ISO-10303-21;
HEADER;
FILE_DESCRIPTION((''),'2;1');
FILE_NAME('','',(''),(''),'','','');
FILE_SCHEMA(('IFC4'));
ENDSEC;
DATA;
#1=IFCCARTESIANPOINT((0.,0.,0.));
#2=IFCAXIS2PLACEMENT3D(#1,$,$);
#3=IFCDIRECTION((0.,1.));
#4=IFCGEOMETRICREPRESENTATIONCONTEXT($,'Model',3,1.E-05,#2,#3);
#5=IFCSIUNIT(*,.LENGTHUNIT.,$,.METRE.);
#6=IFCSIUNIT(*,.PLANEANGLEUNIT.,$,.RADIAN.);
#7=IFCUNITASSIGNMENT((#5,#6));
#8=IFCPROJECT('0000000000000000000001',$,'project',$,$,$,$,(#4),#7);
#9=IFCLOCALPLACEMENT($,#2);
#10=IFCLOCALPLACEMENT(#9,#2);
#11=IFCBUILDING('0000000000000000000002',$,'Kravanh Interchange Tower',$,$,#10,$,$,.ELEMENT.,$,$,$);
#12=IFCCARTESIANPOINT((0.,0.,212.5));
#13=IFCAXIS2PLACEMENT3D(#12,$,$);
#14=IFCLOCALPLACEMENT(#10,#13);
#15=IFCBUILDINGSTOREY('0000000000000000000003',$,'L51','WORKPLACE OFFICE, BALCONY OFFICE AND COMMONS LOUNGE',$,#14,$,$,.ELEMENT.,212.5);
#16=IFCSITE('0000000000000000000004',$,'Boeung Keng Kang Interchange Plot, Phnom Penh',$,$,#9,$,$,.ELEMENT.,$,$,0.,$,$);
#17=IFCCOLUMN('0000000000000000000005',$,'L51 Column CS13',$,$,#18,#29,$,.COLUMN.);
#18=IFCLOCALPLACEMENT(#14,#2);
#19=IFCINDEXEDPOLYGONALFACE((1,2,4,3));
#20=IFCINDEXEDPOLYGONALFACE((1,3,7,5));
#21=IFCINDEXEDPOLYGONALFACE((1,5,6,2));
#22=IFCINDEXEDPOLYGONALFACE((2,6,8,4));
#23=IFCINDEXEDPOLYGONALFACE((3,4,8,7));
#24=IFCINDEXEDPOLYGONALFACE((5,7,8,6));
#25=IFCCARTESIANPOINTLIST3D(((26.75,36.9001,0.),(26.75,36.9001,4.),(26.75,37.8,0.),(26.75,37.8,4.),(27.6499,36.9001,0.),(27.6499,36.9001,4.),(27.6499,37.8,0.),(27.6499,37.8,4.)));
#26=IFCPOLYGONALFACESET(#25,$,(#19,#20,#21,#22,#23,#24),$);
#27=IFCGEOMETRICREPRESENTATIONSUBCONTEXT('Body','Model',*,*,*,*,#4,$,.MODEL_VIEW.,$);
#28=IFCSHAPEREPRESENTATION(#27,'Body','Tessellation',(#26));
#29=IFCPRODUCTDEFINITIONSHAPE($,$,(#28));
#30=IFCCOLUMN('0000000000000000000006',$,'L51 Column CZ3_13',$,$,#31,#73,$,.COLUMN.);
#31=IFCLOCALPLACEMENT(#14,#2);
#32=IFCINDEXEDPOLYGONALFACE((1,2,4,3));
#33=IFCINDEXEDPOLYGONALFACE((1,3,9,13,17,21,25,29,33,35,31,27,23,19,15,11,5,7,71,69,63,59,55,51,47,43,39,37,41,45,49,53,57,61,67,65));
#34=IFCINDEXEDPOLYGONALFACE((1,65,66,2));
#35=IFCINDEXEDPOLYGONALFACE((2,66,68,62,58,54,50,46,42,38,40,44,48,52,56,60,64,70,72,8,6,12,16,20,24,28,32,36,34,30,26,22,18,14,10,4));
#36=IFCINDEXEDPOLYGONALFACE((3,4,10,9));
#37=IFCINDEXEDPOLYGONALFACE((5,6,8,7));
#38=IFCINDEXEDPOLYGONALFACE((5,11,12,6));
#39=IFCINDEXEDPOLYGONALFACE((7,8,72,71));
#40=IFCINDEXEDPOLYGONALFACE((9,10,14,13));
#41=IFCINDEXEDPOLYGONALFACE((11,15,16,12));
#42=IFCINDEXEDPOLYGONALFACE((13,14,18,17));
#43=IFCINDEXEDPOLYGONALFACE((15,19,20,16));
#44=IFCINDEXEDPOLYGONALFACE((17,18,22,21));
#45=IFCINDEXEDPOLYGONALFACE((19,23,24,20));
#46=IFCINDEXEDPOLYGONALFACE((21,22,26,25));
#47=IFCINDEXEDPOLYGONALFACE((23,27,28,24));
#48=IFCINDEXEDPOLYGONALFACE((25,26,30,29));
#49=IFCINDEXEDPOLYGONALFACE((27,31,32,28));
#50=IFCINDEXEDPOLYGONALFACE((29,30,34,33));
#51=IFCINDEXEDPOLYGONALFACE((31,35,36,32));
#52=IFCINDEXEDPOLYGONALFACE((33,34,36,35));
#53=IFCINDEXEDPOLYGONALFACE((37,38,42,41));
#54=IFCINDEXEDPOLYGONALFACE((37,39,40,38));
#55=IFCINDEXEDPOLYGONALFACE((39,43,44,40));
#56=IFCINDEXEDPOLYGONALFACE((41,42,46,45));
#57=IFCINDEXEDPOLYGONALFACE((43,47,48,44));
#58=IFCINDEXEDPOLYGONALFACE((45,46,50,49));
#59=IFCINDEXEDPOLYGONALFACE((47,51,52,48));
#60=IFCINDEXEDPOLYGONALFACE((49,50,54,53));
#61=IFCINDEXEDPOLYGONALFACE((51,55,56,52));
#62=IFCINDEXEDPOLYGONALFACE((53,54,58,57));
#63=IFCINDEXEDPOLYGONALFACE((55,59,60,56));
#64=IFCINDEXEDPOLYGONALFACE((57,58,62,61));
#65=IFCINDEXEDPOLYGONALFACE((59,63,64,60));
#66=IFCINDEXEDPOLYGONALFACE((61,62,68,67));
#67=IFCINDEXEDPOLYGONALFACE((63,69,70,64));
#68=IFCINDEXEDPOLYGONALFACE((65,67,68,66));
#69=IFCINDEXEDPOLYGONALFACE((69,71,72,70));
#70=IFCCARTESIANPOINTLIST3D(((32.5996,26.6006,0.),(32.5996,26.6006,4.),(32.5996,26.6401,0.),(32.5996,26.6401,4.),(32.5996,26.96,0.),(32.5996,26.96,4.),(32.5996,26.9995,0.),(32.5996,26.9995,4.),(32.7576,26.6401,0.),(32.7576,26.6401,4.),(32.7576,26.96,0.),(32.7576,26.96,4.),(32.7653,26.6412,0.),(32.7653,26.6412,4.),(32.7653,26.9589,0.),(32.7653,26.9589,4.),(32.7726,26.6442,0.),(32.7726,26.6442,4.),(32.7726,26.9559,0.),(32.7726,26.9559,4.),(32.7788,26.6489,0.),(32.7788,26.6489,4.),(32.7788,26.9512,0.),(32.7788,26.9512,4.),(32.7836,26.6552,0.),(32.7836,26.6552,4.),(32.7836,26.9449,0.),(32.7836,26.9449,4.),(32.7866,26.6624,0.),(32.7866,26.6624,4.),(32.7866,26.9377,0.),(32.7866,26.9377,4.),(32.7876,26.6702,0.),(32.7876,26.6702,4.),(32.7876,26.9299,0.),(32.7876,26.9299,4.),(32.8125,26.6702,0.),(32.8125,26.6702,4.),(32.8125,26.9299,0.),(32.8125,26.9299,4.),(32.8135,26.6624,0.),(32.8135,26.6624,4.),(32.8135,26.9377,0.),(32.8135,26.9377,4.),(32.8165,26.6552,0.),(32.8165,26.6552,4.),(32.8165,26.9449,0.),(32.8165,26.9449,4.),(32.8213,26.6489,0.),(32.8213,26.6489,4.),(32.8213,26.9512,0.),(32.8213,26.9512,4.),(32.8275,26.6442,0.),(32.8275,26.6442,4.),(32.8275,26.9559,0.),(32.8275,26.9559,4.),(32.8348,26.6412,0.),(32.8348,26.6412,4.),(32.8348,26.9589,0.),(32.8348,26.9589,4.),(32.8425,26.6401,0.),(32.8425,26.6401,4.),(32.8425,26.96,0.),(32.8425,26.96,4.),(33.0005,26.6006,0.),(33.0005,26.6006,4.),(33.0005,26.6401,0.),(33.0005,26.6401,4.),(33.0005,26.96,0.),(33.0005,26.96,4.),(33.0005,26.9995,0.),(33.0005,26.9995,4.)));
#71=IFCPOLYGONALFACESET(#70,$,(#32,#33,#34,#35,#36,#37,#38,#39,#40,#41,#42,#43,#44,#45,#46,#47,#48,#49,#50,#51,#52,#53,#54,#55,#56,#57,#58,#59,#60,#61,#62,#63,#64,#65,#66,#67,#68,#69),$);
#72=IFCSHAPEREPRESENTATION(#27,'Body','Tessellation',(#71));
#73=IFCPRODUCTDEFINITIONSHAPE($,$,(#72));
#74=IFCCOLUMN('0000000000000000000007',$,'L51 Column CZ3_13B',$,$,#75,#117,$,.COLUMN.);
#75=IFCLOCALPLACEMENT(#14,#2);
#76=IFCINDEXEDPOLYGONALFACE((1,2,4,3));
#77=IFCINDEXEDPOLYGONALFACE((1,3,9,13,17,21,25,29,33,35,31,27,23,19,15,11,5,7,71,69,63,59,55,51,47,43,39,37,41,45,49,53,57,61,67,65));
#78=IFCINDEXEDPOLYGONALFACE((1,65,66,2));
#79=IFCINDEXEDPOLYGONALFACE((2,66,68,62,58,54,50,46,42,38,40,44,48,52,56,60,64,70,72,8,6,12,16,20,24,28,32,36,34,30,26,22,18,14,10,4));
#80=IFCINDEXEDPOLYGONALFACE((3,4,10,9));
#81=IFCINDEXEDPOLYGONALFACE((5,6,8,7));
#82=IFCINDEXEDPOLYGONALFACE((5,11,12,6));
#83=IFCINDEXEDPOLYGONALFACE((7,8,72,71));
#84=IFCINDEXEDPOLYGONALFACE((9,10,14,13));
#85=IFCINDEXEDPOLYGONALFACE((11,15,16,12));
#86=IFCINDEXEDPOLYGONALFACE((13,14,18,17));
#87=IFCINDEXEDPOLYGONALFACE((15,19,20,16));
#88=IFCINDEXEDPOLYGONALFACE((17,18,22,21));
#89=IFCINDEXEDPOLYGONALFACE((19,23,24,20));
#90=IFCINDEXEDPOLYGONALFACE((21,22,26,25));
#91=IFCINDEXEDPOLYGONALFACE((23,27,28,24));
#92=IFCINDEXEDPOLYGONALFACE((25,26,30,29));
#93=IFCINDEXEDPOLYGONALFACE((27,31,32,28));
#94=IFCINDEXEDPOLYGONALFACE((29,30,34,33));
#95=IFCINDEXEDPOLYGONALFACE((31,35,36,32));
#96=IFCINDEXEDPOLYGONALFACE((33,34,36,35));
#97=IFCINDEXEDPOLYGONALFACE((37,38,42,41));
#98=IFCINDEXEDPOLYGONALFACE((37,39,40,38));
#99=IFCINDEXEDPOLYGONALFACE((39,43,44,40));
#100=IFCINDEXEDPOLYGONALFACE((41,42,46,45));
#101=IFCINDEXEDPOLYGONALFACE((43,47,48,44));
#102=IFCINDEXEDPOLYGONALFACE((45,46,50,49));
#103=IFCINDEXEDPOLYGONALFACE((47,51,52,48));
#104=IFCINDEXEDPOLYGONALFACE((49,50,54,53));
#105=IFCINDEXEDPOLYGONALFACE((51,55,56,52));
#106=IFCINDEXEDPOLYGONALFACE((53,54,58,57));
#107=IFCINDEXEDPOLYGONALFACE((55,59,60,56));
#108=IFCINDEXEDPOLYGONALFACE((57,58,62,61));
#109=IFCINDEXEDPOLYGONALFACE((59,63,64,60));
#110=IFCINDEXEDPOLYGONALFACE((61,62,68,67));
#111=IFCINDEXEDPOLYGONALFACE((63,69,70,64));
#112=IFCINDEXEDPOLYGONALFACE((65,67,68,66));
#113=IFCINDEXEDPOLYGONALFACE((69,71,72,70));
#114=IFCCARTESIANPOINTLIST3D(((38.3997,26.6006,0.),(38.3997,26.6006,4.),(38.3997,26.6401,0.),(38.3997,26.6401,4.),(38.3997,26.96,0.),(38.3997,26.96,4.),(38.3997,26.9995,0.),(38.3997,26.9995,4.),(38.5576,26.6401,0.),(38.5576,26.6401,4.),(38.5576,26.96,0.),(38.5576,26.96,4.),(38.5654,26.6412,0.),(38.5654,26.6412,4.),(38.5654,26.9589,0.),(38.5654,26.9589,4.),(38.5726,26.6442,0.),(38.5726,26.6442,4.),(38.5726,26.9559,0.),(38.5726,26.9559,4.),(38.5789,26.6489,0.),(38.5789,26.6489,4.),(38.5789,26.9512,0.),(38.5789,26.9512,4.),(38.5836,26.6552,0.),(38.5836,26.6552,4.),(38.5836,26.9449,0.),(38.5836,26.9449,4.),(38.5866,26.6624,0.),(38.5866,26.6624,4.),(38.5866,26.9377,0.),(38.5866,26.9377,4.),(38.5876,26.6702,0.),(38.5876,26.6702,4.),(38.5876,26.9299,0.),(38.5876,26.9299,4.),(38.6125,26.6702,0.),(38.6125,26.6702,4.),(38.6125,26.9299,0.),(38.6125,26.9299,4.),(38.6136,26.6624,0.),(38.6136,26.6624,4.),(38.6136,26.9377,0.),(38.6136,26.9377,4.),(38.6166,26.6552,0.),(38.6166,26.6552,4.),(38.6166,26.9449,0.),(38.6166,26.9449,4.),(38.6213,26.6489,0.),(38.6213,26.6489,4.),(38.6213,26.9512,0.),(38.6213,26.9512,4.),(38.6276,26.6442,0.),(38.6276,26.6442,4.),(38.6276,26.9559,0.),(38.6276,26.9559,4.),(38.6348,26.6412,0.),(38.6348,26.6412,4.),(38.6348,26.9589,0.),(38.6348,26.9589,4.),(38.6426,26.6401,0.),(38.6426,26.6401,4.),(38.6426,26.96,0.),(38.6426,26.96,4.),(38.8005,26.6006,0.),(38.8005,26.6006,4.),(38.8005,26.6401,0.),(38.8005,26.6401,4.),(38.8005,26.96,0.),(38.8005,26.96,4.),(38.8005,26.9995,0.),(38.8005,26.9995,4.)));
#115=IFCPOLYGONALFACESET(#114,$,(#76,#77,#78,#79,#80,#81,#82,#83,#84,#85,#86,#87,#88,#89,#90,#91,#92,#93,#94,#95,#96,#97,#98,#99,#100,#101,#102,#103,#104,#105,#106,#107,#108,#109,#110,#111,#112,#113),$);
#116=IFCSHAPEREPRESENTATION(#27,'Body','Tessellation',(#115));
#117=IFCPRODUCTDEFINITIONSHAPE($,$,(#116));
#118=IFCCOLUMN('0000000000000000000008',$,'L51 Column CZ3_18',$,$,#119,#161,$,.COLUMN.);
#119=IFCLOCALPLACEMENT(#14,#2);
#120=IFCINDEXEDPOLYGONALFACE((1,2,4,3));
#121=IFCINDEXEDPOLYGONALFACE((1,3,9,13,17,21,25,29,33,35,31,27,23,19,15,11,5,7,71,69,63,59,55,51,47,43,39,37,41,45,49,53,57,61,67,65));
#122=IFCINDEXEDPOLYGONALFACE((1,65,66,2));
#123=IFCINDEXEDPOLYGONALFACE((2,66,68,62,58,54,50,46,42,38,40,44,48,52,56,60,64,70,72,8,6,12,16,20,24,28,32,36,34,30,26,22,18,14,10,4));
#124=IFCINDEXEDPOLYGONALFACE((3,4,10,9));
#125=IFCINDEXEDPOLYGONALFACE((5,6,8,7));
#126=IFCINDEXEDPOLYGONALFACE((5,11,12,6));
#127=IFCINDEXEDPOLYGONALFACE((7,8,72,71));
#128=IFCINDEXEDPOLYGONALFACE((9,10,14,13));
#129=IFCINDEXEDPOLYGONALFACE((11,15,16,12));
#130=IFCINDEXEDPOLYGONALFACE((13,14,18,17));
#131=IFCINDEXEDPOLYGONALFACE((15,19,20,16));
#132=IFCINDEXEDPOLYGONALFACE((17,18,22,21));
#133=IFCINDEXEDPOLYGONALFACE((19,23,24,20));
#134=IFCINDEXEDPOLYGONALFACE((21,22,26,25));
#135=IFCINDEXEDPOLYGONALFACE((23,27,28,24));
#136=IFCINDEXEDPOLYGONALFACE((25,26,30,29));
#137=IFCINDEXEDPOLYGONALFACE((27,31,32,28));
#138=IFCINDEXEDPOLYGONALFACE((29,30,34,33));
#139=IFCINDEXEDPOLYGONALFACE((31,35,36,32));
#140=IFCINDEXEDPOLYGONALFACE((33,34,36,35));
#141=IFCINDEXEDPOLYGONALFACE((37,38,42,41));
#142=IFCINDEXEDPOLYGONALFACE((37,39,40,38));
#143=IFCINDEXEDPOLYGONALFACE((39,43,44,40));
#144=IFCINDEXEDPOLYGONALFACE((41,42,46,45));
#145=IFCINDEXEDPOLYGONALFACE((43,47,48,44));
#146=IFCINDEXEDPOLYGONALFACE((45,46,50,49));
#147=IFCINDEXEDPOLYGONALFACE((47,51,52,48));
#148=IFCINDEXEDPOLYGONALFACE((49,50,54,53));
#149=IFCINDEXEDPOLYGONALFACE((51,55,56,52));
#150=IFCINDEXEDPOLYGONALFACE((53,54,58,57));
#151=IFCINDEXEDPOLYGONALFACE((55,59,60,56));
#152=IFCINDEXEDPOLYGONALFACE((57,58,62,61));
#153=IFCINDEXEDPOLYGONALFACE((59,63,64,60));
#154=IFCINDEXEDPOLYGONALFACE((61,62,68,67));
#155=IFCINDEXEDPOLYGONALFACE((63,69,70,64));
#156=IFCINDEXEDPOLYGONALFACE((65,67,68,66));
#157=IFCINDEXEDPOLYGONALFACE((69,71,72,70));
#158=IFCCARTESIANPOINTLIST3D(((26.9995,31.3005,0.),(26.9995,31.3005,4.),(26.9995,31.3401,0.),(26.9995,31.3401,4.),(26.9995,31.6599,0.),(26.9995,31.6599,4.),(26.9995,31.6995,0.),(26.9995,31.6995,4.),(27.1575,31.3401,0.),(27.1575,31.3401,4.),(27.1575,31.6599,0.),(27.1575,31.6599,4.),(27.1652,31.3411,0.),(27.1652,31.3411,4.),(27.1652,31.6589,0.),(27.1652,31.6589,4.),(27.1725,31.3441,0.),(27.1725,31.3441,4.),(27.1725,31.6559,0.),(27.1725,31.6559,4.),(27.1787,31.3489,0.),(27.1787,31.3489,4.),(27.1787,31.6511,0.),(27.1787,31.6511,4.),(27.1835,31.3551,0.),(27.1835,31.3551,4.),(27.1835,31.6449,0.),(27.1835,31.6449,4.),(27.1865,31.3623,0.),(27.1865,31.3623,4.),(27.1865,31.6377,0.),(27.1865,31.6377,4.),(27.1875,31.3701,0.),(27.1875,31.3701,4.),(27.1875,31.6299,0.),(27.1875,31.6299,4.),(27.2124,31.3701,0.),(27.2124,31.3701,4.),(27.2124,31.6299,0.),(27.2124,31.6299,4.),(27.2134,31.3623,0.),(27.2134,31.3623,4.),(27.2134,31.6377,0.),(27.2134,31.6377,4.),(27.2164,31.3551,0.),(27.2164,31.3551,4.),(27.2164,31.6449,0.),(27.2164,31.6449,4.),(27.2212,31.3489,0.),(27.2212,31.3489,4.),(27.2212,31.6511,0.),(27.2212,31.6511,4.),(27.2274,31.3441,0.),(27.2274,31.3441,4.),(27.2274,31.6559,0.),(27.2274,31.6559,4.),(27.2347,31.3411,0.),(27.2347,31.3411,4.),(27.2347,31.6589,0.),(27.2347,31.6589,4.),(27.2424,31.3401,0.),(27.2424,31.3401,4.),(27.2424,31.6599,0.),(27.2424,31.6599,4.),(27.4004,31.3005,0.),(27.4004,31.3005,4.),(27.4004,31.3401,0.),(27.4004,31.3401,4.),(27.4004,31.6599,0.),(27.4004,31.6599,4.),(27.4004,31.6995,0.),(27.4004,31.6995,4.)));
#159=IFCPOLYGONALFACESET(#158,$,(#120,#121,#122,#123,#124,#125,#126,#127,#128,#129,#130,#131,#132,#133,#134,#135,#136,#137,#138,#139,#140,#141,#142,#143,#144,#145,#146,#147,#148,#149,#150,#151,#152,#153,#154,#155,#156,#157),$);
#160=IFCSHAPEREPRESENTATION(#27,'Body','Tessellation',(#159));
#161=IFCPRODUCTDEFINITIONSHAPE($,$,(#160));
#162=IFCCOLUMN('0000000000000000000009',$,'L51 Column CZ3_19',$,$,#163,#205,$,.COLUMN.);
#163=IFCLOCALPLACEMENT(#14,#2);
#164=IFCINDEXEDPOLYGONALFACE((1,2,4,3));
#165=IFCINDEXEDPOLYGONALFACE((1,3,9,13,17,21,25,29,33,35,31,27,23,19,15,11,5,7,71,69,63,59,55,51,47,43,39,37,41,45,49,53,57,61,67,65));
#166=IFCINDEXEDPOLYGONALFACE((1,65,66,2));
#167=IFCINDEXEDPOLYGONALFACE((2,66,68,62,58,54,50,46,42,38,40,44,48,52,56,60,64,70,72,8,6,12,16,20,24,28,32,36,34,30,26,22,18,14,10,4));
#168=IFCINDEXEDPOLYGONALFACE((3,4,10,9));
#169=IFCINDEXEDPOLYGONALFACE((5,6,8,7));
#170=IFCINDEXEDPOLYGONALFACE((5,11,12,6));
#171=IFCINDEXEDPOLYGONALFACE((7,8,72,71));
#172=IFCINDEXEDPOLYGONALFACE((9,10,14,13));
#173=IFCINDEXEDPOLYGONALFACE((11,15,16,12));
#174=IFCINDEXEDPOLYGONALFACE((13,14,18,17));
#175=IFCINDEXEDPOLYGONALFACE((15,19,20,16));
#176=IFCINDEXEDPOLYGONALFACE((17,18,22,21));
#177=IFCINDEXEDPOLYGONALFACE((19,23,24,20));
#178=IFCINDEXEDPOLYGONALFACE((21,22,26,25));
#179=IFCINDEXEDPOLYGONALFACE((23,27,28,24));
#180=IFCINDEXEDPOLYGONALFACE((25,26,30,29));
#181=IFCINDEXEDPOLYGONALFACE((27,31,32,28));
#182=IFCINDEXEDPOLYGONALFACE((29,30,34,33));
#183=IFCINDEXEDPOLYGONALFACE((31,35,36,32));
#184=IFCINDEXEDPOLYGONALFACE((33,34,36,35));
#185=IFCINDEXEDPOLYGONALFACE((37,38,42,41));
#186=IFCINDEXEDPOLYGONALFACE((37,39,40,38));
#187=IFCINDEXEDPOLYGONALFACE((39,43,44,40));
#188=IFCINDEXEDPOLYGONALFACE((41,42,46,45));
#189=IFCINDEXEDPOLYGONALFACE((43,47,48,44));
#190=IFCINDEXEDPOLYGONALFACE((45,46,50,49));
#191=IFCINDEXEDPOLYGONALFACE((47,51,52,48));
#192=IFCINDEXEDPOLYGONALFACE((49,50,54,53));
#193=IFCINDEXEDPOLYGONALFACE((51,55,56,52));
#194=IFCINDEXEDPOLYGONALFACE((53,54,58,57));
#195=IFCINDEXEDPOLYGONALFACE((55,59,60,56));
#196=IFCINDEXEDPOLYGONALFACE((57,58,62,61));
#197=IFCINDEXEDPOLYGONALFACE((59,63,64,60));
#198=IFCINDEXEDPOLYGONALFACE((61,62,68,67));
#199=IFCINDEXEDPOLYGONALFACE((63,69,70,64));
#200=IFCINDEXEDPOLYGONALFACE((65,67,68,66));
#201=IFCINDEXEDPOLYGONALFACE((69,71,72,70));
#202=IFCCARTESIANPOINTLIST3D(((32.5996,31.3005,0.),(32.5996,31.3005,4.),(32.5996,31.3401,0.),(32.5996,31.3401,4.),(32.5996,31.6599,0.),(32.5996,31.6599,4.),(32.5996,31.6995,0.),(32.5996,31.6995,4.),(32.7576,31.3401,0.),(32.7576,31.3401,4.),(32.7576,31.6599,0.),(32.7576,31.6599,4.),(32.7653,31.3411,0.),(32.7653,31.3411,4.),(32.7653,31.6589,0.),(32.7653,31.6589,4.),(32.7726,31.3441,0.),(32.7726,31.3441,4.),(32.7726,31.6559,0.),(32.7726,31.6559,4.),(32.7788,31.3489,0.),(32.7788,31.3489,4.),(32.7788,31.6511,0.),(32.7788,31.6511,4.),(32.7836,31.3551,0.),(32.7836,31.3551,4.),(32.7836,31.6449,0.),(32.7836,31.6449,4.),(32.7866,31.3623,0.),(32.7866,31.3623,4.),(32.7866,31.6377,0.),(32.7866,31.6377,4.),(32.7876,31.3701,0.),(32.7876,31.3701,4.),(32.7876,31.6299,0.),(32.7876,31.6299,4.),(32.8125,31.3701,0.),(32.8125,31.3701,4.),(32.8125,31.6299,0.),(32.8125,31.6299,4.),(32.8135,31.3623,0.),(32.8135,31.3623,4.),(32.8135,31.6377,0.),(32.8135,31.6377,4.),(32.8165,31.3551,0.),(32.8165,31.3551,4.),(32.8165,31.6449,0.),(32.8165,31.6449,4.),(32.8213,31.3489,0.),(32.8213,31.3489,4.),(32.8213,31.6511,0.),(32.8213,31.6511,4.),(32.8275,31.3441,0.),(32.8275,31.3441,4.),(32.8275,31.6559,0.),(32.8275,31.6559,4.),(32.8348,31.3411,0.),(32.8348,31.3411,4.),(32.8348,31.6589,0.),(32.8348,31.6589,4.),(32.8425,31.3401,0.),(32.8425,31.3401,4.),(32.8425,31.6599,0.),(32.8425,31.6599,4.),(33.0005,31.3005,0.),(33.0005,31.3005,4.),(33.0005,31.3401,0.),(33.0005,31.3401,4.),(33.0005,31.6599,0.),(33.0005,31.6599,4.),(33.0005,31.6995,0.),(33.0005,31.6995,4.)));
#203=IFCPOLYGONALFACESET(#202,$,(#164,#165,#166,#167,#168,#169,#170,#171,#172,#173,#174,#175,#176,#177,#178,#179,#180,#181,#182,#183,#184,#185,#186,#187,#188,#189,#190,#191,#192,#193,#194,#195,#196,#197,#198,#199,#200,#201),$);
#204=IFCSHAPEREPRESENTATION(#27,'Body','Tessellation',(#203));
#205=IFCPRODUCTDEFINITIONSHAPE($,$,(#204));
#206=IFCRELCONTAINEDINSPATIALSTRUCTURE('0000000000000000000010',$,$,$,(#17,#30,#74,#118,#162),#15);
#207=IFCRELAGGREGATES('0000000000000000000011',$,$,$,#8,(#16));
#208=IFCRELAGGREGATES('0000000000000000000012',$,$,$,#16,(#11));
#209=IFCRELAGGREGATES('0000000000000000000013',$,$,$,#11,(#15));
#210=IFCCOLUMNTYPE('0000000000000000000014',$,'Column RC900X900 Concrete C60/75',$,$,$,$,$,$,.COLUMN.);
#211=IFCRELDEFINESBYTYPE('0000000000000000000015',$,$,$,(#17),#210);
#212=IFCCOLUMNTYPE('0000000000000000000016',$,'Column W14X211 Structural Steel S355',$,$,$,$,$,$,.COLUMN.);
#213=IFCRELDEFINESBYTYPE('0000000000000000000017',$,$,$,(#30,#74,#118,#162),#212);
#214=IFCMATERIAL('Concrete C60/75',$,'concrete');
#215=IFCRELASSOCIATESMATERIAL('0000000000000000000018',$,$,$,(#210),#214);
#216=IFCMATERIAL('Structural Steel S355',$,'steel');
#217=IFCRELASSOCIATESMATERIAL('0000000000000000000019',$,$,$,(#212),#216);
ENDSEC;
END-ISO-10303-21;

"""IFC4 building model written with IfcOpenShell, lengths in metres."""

from ifc_helpers import new_model, si_unit, direction, frame, origin, origin_2d, place, context, subcontext, project, spatial, rectangle, i_section, extrude, material, material_profile, profile_set, type_object, element, save


model = new_model("IFC4")

# Units and contexts
model_context = context("Model", 3, precision=1e-05, world=origin(), true_north=direction((0.0, 1.0)))
body_context = subcontext(model_context, "Body", "Model", "MODEL_VIEW")
ifc_project = project(units=[si_unit("LENGTHUNIT", "METRE"), si_unit("PLANEANGLEUNIT", "RADIAN")], contexts=[model_context])

# Site, building, storey
site_placement = place(None, origin())
site = spatial("IfcSite", under=ifc_project, at=site_placement, Name="Boeung Keng Kang Interchange Plot, Phnom Penh", CompositionType="ELEMENT", RefElevation=0.0)
building_placement = place(site_placement, origin())
building = spatial("IfcBuilding", under=site, at=building_placement, Name="Kravanh Interchange Tower", CompositionType="ELEMENT")
storey_placement = place(building_placement, frame((0.0, 0.0, 212.5)))
storey = spatial("IfcBuildingStorey", under=building, at=storey_placement, Name="L51", Description="WORKPLACE OFFICE, BALCONY OFFICE AND COMMONS LOUNGE", CompositionType="ELEMENT", Elevation=212.5)

# Columns
ifc_material_1 = material(Name="Concrete C60/75", Category="concrete")
ifc_material_profile_1 = material_profile(ifc_material_1, rectangle(XDim=0.8999, YDim=0.8999, at=origin_2d()), Name="RC900X900")
ifc_profile_set_1 = profile_set([ifc_material_profile_1], Name="Concrete C60/75")
column_type_1 = type_object("IfcColumnType", Name="Column RC900X900 Concrete C60/75", PredefinedType="COLUMN", material=ifc_profile_set_1)
column_placement = place(storey_placement, frame((27.2, 37.3501, 0.0), z_axis=(0.0, 0.0, 1.0), x_axis=(1.0, 0.0, 0.0)))
element("IfcColumn", 1, at=column_placement, inside=storey, type_object=column_type_1, Name="L51 Column CS13", PredefinedType="COLUMN", context=body_context, shape_type="SweptSolid", body=[
    extrude(rectangle(XDim=0.8999, YDim=0.8999, at=origin_2d()), origin(), (0.0, 0.0, 1.0), 4.0),
])
ifc_material_2 = material(Name="Structural Steel S355", Category="steel")
ifc_material_profile_2 = material_profile(ifc_material_2, i_section(OverallWidth=0.4009, OverallDepth=0.3989, WebThickness=0.0249, FlangeThickness=0.0396, FilletRadius=0.03, at=origin_2d()), Name="W14X211")
ifc_profile_set_2 = profile_set([ifc_material_profile_2], Name="Structural Steel S355")
column_type_2 = type_object("IfcColumnType", Name="Column W14X211 Structural Steel S355", PredefinedType="COLUMN", material=ifc_profile_set_2)
for number, where, z_axis, x_axis, name in (
    (2, (32.8, 26.8, 0.0), (0.0, 0.0, 1.0), (1.0, 0.0, 0.0), "L51 Column CZ3_13"),
    (3, (38.6001, 26.8, 0.0), (0.0, 0.0, 1.0), (1.0, 0.0, 0.0), "L51 Column CZ3_13B"),
    (4, (27.2, 31.5, 0.0), (0.0, 0.0, 1.0), (1.0, 0.0, 0.0), "L51 Column CZ3_18"),
    (5, (32.8, 31.5, 0.0), (0.0, 0.0, 1.0), (1.0, 0.0, 0.0), "L51 Column CZ3_19"),
):
    element("IfcColumn", number, at=place(storey_placement, frame(where, z_axis=z_axis, x_axis=x_axis)), inside=storey, type_object=column_type_2, Name=name, PredefinedType="COLUMN", context=body_context, shape_type="SweptSolid", body=[
        extrude(i_section(OverallWidth=0.4009, OverallDepth=0.3989, WebThickness=0.0249, FlangeThickness=0.0396, FilletRadius=0.03, at=origin_2d()), origin(), (0.0, 0.0, 1.0), 4.0),
    ])

save(model, "model.ifc")
